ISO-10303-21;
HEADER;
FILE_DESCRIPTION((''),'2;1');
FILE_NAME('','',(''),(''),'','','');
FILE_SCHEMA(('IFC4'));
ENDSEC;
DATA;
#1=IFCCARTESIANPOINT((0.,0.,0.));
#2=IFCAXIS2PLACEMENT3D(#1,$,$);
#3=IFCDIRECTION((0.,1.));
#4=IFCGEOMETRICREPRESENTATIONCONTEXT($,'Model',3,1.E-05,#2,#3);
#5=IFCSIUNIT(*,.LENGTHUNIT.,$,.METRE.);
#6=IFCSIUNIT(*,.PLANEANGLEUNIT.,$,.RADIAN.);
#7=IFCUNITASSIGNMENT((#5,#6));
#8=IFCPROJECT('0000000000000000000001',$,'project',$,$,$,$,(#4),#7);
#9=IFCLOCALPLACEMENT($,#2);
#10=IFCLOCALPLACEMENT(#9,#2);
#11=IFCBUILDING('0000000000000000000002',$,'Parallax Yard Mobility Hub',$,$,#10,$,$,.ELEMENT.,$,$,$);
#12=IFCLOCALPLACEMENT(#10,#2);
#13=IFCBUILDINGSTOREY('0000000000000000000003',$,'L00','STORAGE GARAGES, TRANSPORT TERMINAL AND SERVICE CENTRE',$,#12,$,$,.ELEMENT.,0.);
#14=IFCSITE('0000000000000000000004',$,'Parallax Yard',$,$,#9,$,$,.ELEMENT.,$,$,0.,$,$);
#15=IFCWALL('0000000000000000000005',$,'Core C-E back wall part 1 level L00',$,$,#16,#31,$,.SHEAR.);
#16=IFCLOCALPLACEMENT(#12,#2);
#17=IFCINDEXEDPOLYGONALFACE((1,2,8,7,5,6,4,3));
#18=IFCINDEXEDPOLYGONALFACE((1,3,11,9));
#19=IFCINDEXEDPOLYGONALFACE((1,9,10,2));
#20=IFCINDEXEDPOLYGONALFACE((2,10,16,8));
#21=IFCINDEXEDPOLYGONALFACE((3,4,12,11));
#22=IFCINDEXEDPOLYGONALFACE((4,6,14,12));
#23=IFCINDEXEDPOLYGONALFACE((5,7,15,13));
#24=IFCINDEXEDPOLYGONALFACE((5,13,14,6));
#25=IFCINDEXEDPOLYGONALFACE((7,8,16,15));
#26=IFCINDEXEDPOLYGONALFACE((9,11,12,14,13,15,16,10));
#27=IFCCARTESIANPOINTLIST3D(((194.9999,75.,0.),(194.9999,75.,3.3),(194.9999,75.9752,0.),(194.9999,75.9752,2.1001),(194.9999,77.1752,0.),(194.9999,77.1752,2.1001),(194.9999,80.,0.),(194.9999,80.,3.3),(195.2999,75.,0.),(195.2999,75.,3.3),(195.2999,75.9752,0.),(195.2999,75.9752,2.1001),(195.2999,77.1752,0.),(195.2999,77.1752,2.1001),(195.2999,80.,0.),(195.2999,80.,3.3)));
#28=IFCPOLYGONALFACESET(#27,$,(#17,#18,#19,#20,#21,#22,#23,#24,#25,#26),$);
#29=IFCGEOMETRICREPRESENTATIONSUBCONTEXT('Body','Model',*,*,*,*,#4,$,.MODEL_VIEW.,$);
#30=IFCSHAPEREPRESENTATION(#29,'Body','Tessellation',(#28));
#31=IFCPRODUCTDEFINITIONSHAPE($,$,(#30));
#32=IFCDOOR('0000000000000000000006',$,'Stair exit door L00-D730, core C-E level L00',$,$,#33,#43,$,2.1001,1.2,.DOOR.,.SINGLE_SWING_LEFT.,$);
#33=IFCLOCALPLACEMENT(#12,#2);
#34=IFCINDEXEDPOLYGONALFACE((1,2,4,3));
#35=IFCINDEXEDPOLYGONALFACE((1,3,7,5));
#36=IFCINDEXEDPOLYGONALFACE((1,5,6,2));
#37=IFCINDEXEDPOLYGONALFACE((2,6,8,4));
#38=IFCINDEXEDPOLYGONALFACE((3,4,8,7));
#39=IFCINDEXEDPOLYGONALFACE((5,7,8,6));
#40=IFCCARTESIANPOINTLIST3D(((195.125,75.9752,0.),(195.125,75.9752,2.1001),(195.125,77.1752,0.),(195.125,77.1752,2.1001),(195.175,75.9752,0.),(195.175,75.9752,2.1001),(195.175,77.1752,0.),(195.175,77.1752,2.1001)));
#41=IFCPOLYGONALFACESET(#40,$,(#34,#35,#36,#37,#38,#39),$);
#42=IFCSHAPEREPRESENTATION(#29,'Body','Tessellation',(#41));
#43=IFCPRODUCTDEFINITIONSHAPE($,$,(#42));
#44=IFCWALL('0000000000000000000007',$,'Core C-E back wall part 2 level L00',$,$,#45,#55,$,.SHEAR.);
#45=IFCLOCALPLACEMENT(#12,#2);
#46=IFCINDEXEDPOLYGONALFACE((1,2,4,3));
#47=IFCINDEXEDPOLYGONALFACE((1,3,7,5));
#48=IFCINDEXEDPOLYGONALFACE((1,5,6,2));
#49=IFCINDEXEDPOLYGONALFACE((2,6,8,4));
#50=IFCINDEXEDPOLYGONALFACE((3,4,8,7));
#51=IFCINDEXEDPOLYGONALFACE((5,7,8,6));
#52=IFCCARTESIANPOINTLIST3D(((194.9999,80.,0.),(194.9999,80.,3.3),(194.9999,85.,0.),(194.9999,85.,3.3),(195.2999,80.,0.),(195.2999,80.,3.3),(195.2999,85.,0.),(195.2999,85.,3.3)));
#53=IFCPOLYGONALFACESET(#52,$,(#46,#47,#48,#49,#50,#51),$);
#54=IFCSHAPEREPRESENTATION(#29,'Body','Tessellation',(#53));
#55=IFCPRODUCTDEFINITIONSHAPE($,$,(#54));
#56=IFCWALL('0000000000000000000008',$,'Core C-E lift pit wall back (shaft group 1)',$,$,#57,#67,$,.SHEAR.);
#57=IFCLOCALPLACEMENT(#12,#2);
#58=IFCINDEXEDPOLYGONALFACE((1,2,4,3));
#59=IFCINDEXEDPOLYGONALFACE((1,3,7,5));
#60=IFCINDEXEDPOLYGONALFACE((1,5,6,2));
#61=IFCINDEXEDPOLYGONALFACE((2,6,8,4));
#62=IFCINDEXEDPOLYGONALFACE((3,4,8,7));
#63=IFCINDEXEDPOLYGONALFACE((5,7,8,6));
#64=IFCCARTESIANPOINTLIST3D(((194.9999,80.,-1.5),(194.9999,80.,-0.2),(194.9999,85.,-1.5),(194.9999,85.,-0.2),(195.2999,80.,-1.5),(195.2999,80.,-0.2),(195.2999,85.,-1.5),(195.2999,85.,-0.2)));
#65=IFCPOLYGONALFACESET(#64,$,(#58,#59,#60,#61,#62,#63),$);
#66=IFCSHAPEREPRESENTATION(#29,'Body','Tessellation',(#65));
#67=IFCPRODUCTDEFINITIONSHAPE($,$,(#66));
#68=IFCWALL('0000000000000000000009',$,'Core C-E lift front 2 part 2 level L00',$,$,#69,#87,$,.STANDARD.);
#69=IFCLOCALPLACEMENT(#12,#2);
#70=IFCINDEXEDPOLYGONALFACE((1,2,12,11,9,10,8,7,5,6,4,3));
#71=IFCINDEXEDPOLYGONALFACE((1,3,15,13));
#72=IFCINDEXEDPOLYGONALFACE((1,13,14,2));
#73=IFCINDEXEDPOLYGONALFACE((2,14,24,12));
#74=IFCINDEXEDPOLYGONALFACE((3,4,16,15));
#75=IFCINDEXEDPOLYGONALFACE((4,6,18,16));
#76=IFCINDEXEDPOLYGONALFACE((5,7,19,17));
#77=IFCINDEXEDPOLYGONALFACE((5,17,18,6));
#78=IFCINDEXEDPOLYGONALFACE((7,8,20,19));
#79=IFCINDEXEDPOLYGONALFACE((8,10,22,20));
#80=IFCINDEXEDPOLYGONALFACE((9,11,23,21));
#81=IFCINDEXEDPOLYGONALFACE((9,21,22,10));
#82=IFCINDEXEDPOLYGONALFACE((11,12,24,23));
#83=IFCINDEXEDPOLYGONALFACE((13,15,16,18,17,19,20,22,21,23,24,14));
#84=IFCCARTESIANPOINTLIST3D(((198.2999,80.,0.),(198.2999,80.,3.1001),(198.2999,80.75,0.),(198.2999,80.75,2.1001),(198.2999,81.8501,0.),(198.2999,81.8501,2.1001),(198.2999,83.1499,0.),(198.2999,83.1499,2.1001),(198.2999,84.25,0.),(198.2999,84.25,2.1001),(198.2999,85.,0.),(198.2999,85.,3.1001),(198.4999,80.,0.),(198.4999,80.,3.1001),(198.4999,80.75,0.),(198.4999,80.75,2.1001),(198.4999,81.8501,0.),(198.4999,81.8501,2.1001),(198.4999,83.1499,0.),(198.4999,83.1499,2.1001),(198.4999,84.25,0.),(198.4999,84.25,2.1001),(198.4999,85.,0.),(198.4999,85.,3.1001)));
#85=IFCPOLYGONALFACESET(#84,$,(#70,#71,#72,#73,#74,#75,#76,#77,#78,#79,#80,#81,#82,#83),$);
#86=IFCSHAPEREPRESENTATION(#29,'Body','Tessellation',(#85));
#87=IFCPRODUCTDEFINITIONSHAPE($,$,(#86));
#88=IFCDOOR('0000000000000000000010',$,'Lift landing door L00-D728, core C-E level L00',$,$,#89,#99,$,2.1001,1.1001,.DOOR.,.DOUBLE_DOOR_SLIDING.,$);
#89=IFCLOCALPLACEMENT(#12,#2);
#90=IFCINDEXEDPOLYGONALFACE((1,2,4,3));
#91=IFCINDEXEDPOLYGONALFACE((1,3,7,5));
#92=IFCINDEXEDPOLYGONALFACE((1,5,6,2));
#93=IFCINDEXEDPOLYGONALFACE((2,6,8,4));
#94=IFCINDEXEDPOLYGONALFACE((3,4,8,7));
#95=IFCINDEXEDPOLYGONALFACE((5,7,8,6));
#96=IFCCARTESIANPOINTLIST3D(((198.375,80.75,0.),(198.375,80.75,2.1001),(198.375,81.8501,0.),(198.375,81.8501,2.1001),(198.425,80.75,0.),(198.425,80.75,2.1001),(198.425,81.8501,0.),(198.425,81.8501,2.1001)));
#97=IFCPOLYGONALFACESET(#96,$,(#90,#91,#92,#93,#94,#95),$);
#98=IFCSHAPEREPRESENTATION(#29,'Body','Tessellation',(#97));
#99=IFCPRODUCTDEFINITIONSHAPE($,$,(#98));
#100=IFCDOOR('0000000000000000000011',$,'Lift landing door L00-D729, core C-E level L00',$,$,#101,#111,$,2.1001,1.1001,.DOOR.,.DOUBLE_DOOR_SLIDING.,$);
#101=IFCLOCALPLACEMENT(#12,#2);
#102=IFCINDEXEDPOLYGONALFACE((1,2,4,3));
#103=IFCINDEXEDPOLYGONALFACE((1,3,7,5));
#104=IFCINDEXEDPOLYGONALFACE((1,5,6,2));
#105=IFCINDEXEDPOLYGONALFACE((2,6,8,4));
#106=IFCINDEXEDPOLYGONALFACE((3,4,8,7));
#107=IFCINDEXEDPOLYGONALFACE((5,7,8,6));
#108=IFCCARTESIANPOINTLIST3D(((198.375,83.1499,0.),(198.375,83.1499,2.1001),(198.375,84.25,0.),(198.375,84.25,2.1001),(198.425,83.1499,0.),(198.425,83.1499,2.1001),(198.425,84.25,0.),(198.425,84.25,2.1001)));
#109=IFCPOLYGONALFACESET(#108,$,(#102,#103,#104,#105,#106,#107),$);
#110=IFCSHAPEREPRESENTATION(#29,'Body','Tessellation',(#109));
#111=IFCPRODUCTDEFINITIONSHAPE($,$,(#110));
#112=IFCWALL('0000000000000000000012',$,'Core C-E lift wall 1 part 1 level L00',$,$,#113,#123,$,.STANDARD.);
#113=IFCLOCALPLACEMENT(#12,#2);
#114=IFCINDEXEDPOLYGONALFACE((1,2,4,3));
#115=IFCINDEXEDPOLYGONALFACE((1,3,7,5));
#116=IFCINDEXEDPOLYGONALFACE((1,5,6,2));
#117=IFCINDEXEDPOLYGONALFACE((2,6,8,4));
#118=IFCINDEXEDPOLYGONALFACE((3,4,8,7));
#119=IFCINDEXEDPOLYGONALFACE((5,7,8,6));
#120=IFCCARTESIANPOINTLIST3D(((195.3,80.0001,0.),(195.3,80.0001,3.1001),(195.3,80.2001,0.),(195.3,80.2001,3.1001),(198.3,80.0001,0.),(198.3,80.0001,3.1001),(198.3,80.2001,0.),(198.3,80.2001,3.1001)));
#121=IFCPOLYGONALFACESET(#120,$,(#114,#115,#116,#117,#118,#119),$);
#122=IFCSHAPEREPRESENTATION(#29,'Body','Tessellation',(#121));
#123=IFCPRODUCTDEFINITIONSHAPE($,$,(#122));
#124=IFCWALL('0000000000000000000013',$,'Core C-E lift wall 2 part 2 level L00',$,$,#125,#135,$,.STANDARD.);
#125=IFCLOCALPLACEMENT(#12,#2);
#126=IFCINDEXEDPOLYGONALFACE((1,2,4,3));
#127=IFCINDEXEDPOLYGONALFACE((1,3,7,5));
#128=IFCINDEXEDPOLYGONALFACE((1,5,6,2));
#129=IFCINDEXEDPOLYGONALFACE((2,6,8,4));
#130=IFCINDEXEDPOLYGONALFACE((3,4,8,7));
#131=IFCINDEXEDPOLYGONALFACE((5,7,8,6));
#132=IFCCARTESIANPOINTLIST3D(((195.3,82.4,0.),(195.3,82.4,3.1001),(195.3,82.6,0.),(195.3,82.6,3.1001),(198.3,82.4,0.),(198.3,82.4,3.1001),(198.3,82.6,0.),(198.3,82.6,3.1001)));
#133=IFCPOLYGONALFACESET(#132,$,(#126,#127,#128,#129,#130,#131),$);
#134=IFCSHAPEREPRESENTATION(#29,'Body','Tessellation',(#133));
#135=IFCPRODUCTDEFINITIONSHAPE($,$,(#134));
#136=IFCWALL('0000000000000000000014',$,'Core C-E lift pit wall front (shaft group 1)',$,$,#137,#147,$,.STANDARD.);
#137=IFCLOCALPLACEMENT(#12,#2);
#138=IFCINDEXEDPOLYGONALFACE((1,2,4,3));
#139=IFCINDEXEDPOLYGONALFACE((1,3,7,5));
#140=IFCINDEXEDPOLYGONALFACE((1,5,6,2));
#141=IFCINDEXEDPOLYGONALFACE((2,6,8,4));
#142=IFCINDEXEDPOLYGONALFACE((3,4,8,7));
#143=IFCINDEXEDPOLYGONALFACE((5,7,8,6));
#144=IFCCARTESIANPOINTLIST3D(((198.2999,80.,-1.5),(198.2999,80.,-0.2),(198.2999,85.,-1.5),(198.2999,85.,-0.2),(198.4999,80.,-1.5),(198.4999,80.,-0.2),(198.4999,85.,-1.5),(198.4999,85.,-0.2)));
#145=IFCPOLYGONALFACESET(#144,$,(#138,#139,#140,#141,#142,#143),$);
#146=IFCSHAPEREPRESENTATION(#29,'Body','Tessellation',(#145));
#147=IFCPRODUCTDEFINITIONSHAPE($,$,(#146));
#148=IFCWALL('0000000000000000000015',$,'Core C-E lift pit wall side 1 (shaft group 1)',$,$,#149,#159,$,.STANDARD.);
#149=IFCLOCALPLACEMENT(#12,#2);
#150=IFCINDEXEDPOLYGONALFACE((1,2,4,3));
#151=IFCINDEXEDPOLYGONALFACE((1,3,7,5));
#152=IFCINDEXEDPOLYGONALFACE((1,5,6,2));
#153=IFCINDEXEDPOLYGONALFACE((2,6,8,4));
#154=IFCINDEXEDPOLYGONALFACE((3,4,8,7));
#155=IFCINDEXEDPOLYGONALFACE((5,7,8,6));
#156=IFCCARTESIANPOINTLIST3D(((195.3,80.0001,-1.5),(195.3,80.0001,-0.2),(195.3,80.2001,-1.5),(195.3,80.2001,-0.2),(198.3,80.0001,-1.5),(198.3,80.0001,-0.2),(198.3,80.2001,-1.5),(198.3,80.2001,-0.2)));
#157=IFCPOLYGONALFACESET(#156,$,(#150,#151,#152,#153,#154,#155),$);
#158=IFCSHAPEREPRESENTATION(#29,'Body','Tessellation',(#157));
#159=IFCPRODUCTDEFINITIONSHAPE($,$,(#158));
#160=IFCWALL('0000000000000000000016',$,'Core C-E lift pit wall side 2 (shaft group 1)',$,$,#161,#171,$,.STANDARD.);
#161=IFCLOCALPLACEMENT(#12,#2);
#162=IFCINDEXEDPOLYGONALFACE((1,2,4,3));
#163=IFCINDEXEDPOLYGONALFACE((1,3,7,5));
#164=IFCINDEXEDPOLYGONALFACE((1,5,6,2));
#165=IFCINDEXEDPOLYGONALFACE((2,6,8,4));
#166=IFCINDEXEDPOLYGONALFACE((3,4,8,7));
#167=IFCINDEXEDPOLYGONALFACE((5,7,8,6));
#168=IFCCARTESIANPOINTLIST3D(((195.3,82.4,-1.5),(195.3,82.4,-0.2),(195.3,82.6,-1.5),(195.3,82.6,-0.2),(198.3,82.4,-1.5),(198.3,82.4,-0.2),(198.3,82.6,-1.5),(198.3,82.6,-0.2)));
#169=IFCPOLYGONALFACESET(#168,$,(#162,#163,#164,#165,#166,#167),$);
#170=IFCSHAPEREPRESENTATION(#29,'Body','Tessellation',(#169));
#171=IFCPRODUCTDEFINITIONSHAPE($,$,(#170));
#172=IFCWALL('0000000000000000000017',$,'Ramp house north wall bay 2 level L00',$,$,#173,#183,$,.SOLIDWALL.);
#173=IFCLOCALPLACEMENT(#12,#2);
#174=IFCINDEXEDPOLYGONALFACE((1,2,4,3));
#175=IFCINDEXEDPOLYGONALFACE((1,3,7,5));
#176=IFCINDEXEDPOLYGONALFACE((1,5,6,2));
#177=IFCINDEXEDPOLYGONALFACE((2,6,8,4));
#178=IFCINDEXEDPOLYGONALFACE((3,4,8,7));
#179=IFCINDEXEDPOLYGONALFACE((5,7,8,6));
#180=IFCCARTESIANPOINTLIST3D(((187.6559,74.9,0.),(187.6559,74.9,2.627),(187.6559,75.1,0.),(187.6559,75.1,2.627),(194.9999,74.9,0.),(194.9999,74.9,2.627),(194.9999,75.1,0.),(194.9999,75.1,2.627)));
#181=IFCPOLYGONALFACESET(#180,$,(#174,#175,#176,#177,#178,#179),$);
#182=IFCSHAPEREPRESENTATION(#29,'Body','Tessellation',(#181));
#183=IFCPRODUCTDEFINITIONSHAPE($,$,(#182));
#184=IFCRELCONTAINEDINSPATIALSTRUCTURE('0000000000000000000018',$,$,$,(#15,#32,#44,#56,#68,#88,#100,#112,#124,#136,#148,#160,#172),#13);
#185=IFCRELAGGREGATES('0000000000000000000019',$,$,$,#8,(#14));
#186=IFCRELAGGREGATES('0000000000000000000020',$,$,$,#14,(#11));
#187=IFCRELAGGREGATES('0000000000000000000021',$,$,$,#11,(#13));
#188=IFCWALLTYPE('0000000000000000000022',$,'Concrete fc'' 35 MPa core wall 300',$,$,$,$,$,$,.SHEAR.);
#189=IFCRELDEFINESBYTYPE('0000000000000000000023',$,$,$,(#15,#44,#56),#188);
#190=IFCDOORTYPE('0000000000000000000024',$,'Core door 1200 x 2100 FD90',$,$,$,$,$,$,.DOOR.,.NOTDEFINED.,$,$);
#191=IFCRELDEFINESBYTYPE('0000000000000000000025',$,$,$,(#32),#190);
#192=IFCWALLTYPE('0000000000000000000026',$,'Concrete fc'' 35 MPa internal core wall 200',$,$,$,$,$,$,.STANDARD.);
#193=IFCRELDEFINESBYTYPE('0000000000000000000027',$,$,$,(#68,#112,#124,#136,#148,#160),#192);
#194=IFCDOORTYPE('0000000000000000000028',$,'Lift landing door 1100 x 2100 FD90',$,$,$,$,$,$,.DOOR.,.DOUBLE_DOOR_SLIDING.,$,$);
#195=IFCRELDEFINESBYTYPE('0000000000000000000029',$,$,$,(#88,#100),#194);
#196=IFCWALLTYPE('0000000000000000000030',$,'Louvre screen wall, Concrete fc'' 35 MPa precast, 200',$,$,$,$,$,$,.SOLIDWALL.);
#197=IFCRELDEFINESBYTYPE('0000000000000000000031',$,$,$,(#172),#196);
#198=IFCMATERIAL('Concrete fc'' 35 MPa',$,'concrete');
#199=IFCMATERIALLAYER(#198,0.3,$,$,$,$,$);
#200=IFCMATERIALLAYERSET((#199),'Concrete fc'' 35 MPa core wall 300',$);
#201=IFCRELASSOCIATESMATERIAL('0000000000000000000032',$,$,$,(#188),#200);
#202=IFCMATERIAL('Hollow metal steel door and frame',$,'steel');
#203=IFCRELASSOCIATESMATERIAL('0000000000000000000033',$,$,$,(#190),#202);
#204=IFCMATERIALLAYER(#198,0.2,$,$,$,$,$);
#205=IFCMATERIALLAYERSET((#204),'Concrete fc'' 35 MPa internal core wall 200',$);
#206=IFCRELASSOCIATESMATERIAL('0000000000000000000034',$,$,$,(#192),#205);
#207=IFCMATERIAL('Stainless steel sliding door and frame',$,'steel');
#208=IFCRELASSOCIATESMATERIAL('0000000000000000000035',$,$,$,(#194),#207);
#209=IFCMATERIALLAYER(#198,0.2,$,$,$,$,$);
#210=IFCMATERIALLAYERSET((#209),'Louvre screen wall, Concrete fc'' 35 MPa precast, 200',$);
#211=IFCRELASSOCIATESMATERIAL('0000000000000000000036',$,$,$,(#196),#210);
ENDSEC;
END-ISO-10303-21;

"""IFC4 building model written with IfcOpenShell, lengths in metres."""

from ifc_helpers import new_model, si_unit, direction, frame, frame_2d, origin, place, context, subcontext, project, spatial, rectangle, extrude, material, layer, layer_set, type_object, element, fill, save


model = new_model("IFC4")

# Units and contexts
model_context = context("Model", 3, precision=1e-05, world=origin(), true_north=direction((0.0, 1.0)))
body_context = subcontext(model_context, "Body", "Model", "MODEL_VIEW")
ifc_project = project(units=[si_unit("LENGTHUNIT", "METRE"), si_unit("PLANEANGLEUNIT", "RADIAN")], contexts=[model_context])

# Site, building, storey
site_placement = place(None, origin())
site = spatial("IfcSite", under=ifc_project, at=site_placement, Name="Parallax Yard", CompositionType="ELEMENT", RefElevation=0.0)
building_placement = place(site_placement, origin())
building = spatial("IfcBuilding", under=site, at=building_placement, Name="Parallax Yard Mobility Hub", CompositionType="ELEMENT")
storey_placement = place(building_placement, origin())
storey = spatial("IfcBuildingStorey", under=building, at=storey_placement, Name="L00", Description="STORAGE GARAGES, TRANSPORT TERMINAL AND SERVICE CENTRE", CompositionType="ELEMENT", Elevation=0.0)

# Wall, opening, door
ifc_material_1 = material(Name="Concrete fc' 35 MPa", Category="concrete")
ifc_layer_1 = layer(ifc_material_1, 0.3)
ifc_layer_set_1 = layer_set([ifc_layer_1], Name="Concrete fc' 35 MPa core wall 300")
wall_type_1 = type_object("IfcWallType", Name="Concrete fc' 35 MPa core wall 300", PredefinedType="SHEAR", material=ifc_layer_set_1)
wall_1_placement = place(storey_placement, frame((195.1499, 75.0, 0.0), z_axis=(0.0, 0.0, 1.0), x_axis=(0.0, 1.0, 0.0)))
wall_1 = element("IfcWall", 1, at=wall_1_placement, inside=storey, type_object=wall_type_1, Name="Core C-E back wall part 1 level L00", PredefinedType="SHEAR", context=body_context, shape_type="SweptSolid", body=[
    extrude(rectangle(XDim=5.0, YDim=0.3, at=frame_2d((2.5, 0.0))), origin(), (0.0, 0.0, 1.0), 3.3),
])
opening_1_placement = place(wall_1_placement, frame((0.9751, 0.0, 0.0)))
opening_1 = element("IfcOpeningElement", 2, at=opening_1_placement, cuts=wall_1, PredefinedType="OPENING", context=body_context, shape_type="SweptSolid", body=[
    extrude(rectangle(XDim=1.2, YDim=2.1001, at=frame_2d((0.6001, 1.05))), frame((0.0, 0.1602, 0.0), z_axis=(0.0, -1.0, 0.0), x_axis=(1.0, 0.0, 0.0)), (0.0, 0.0, 1.0), 0.3201),
])
ifc_material_2 = material(Name="Hollow metal steel door and frame", Category="steel")
door_type_1 = type_object("IfcDoorType", Name="Core door 1200 x 2100 FD90", OperationType="NOTDEFINED", PredefinedType="DOOR", material=ifc_material_2)
door_1_placement = place(opening_1_placement, origin())
door_1 = element("IfcDoor", 3, at=door_1_placement, inside=storey, type_object=door_type_1, Name="Stair exit door L00-D730, core C-E level L00", OperationType="SINGLE_SWING_LEFT", OverallHeight=2.1001, OverallWidth=1.2, PredefinedType="DOOR", context=body_context, shape_type="SweptSolid", body=[
    extrude(rectangle(XDim=1.2, YDim=2.1001, at=frame_2d((0.6001, 1.05))), frame((0.0, 0.0249, 0.0), z_axis=(0.0, -1.0, 0.0), x_axis=(1.0, 0.0, 0.0)), (0.0, 0.0, 1.0), 0.05),
])
fill(opening_1, door_1)

# Walls
wall_2_placement = place(storey_placement, frame((195.1499, 80.0, 0.0), z_axis=(0.0, 0.0, 1.0), x_axis=(0.0, 1.0, 0.0)))
element("IfcWall", 4, at=wall_2_placement, inside=storey, type_object=wall_type_1, Name="Core C-E back wall part 2 level L00", PredefinedType="SHEAR", context=body_context, shape_type="SweptSolid", body=[
    extrude(rectangle(XDim=5.0, YDim=0.3, at=frame_2d((2.5, 0.0))), origin(), (0.0, 0.0, 1.0), 3.3),
])
wall_3_placement = place(storey_placement, frame((195.1499, 80.0, -1.5), z_axis=(0.0, 0.0, 1.0), x_axis=(0.0, 1.0, 0.0)))
element("IfcWall", 5, at=wall_3_placement, inside=storey, type_object=wall_type_1, Name="Core C-E lift pit wall back (shaft group 1)", PredefinedType="SHEAR", context=body_context, shape_type="SweptSolid", body=[
    extrude(rectangle(XDim=5.0, YDim=0.3, at=frame_2d((2.5, 0.0))), origin(), (0.0, 0.0, 1.0), 1.3),
])

# Wall, openings, doors
ifc_layer_2 = layer(ifc_material_1, 0.2)
ifc_layer_set_2 = layer_set([ifc_layer_2], Name="Concrete fc' 35 MPa internal core wall 200")
wall_type_2 = type_object("IfcWallType", Name="Concrete fc' 35 MPa internal core wall 200", PredefinedType="STANDARD", material=ifc_layer_set_2)
wall_4_placement = place(storey_placement, frame((198.3999, 80.0, 0.0), z_axis=(0.0, 0.0, 1.0), x_axis=(0.0, 1.0, 0.0)))
wall_4 = element("IfcWall", 6, at=wall_4_placement, inside=storey, type_object=wall_type_2, Name="Core C-E lift front 2 part 2 level L00", PredefinedType="STANDARD", context=body_context, shape_type="SweptSolid", body=[
    extrude(rectangle(XDim=5.0, YDim=0.2, at=frame_2d((2.5, 0.0))), origin(), (0.0, 0.0, 1.0), 3.1001),
])
opening_2_placement = place(wall_4_placement, frame((0.75, 0.0, 0.0)))
opening_2 = element("IfcOpeningElement", 7, at=opening_2_placement, cuts=wall_4, PredefinedType="OPENING", context=body_context, shape_type="SweptSolid", body=[
    extrude(rectangle(XDim=1.1001, YDim=2.1001, at=frame_2d((0.55, 1.05))), frame((0.0, 0.1099, 0.0), z_axis=(0.0, -1.0, 0.0), x_axis=(1.0, 0.0, 0.0)), (0.0, 0.0, 1.0), 0.22),
])
opening_3_placement = place(wall_4_placement, frame((3.1499, 0.0, 0.0)))
opening_3 = element("IfcOpeningElement", 8, at=opening_3_placement, cuts=wall_4, PredefinedType="OPENING", context=body_context, shape_type="SweptSolid", body=[
    extrude(rectangle(XDim=1.1001, YDim=2.1001, at=frame_2d((0.55, 1.05))), frame((0.0, 0.1099, 0.0), z_axis=(0.0, -1.0, 0.0), x_axis=(1.0, 0.0, 0.0)), (0.0, 0.0, 1.0), 0.22),
])
ifc_material_3 = material(Name="Stainless steel sliding door and frame", Category="steel")
door_type_2 = type_object("IfcDoorType", Name="Lift landing door 1100 x 2100 FD90", OperationType="DOUBLE_DOOR_SLIDING", PredefinedType="DOOR", material=ifc_material_3)
door_2_placement = place(opening_2_placement, origin())
door_2 = element("IfcDoor", 9, at=door_2_placement, inside=storey, type_object=door_type_2, Name="Lift landing door L00-D728, core C-E level L00", OperationType="DOUBLE_DOOR_SLIDING", OverallHeight=2.1001, OverallWidth=1.1001, PredefinedType="DOOR", context=body_context, shape_type="SweptSolid", body=[
    extrude(rectangle(XDim=1.1001, YDim=2.1001, at=frame_2d((0.55, 1.05))), frame((0.0, 0.0249, 0.0), z_axis=(0.0, -1.0, 0.0), x_axis=(1.0, 0.0, 0.0)), (0.0, 0.0, 1.0), 0.05),
])
fill(opening_2, door_2)
door_3_placement = place(opening_3_placement, origin())
door_3 = element("IfcDoor", 10, at=door_3_placement, inside=storey, type_object=door_type_2, Name="Lift landing door L00-D729, core C-E level L00", OperationType="DOUBLE_DOOR_SLIDING", OverallHeight=2.1001, OverallWidth=1.1001, PredefinedType="DOOR", context=body_context, shape_type="SweptSolid", body=[
    extrude(rectangle(XDim=1.1001, YDim=2.1001, at=frame_2d((0.55, 1.05))), frame((0.0, 0.0249, 0.0), z_axis=(0.0, -1.0, 0.0), x_axis=(1.0, 0.0, 0.0)), (0.0, 0.0, 1.0), 0.05),
])
fill(opening_3, door_3)

# Walls
for number, where, z_axis, x_axis, name in (
    (11, (198.3, 80.1001, 0.0), (0.0, 0.0, 1.0), (-1.0, 0.0, 0.0), "Core C-E lift wall 1 part 1 level L00"),
    (12, (198.3, 82.5, 0.0), (0.0, 0.0, 1.0), (-1.0, 0.0, 0.0), "Core C-E lift wall 2 part 2 level L00"),
):
    element("IfcWall", number, at=place(storey_placement, frame(where, z_axis=z_axis, x_axis=x_axis)), inside=storey, type_object=wall_type_2, Name=name, PredefinedType="STANDARD", context=body_context, shape_type="SweptSolid", body=[
        extrude(rectangle(XDim=3.0, YDim=0.2, at=frame_2d((1.5, 0.0))), origin(), (0.0, 0.0, 1.0), 3.1001),
    ])
wall_5_placement = place(storey_placement, frame((198.3999, 80.0, -1.5), z_axis=(0.0, 0.0, 1.0), x_axis=(0.0, 1.0, 0.0)))
element("IfcWall", 13, at=wall_5_placement, inside=storey, type_object=wall_type_2, Name="Core C-E lift pit wall front (shaft group 1)", PredefinedType="STANDARD", context=body_context, shape_type="SweptSolid", body=[
    extrude(rectangle(XDim=5.0, YDim=0.2, at=frame_2d((2.5, 0.0))), origin(), (0.0, 0.0, 1.0), 1.3),
])
for number, where, z_axis, x_axis, name in (
    (14, (198.3, 80.1001, -1.5), (0.0, 0.0, 1.0), (-1.0, 0.0, 0.0), "Core C-E lift pit wall side 1 (shaft group 1)"),
    (15, (198.3, 82.5, -1.5), (0.0, 0.0, 1.0), (-1.0, 0.0, 0.0), "Core C-E lift pit wall side 2 (shaft group 1)"),
):
    element("IfcWall", number, at=place(storey_placement, frame(where, z_axis=z_axis, x_axis=x_axis)), inside=storey, type_object=wall_type_2, Name=name, PredefinedType="STANDARD", context=body_context, shape_type="SweptSolid", body=[
        extrude(rectangle(XDim=3.0, YDim=0.2, at=frame_2d((1.5, 0.0))), origin(), (0.0, 0.0, 1.0), 1.3),
    ])
ifc_layer_3 = layer(ifc_material_1, 0.2)
ifc_layer_set_3 = layer_set([ifc_layer_3], Name="Louvre screen wall, Concrete fc' 35 MPa precast, 200")
wall_type_3 = type_object("IfcWallType", Name="Louvre screen wall, Concrete fc' 35 MPa precast, 200", PredefinedType="SOLIDWALL", material=ifc_layer_set_3)
wall_6_placement = place(storey_placement, frame((187.656, 75.0, 0.0), z_axis=(0.0, 0.0, 1.0), x_axis=(1.0, 0.0, 0.0)))
element("IfcWall", 16, at=wall_6_placement, inside=storey, type_object=wall_type_3, Name="Ramp house north wall bay 2 level L00", PredefinedType="SOLIDWALL", context=body_context, shape_type="SweptSolid", body=[
    extrude(rectangle(XDim=7.344, YDim=0.2, at=frame_2d((3.6719, 0.0))), origin(), (0.0, 0.0, 1.0), 2.627),
])

save(model, "model.ifc")
